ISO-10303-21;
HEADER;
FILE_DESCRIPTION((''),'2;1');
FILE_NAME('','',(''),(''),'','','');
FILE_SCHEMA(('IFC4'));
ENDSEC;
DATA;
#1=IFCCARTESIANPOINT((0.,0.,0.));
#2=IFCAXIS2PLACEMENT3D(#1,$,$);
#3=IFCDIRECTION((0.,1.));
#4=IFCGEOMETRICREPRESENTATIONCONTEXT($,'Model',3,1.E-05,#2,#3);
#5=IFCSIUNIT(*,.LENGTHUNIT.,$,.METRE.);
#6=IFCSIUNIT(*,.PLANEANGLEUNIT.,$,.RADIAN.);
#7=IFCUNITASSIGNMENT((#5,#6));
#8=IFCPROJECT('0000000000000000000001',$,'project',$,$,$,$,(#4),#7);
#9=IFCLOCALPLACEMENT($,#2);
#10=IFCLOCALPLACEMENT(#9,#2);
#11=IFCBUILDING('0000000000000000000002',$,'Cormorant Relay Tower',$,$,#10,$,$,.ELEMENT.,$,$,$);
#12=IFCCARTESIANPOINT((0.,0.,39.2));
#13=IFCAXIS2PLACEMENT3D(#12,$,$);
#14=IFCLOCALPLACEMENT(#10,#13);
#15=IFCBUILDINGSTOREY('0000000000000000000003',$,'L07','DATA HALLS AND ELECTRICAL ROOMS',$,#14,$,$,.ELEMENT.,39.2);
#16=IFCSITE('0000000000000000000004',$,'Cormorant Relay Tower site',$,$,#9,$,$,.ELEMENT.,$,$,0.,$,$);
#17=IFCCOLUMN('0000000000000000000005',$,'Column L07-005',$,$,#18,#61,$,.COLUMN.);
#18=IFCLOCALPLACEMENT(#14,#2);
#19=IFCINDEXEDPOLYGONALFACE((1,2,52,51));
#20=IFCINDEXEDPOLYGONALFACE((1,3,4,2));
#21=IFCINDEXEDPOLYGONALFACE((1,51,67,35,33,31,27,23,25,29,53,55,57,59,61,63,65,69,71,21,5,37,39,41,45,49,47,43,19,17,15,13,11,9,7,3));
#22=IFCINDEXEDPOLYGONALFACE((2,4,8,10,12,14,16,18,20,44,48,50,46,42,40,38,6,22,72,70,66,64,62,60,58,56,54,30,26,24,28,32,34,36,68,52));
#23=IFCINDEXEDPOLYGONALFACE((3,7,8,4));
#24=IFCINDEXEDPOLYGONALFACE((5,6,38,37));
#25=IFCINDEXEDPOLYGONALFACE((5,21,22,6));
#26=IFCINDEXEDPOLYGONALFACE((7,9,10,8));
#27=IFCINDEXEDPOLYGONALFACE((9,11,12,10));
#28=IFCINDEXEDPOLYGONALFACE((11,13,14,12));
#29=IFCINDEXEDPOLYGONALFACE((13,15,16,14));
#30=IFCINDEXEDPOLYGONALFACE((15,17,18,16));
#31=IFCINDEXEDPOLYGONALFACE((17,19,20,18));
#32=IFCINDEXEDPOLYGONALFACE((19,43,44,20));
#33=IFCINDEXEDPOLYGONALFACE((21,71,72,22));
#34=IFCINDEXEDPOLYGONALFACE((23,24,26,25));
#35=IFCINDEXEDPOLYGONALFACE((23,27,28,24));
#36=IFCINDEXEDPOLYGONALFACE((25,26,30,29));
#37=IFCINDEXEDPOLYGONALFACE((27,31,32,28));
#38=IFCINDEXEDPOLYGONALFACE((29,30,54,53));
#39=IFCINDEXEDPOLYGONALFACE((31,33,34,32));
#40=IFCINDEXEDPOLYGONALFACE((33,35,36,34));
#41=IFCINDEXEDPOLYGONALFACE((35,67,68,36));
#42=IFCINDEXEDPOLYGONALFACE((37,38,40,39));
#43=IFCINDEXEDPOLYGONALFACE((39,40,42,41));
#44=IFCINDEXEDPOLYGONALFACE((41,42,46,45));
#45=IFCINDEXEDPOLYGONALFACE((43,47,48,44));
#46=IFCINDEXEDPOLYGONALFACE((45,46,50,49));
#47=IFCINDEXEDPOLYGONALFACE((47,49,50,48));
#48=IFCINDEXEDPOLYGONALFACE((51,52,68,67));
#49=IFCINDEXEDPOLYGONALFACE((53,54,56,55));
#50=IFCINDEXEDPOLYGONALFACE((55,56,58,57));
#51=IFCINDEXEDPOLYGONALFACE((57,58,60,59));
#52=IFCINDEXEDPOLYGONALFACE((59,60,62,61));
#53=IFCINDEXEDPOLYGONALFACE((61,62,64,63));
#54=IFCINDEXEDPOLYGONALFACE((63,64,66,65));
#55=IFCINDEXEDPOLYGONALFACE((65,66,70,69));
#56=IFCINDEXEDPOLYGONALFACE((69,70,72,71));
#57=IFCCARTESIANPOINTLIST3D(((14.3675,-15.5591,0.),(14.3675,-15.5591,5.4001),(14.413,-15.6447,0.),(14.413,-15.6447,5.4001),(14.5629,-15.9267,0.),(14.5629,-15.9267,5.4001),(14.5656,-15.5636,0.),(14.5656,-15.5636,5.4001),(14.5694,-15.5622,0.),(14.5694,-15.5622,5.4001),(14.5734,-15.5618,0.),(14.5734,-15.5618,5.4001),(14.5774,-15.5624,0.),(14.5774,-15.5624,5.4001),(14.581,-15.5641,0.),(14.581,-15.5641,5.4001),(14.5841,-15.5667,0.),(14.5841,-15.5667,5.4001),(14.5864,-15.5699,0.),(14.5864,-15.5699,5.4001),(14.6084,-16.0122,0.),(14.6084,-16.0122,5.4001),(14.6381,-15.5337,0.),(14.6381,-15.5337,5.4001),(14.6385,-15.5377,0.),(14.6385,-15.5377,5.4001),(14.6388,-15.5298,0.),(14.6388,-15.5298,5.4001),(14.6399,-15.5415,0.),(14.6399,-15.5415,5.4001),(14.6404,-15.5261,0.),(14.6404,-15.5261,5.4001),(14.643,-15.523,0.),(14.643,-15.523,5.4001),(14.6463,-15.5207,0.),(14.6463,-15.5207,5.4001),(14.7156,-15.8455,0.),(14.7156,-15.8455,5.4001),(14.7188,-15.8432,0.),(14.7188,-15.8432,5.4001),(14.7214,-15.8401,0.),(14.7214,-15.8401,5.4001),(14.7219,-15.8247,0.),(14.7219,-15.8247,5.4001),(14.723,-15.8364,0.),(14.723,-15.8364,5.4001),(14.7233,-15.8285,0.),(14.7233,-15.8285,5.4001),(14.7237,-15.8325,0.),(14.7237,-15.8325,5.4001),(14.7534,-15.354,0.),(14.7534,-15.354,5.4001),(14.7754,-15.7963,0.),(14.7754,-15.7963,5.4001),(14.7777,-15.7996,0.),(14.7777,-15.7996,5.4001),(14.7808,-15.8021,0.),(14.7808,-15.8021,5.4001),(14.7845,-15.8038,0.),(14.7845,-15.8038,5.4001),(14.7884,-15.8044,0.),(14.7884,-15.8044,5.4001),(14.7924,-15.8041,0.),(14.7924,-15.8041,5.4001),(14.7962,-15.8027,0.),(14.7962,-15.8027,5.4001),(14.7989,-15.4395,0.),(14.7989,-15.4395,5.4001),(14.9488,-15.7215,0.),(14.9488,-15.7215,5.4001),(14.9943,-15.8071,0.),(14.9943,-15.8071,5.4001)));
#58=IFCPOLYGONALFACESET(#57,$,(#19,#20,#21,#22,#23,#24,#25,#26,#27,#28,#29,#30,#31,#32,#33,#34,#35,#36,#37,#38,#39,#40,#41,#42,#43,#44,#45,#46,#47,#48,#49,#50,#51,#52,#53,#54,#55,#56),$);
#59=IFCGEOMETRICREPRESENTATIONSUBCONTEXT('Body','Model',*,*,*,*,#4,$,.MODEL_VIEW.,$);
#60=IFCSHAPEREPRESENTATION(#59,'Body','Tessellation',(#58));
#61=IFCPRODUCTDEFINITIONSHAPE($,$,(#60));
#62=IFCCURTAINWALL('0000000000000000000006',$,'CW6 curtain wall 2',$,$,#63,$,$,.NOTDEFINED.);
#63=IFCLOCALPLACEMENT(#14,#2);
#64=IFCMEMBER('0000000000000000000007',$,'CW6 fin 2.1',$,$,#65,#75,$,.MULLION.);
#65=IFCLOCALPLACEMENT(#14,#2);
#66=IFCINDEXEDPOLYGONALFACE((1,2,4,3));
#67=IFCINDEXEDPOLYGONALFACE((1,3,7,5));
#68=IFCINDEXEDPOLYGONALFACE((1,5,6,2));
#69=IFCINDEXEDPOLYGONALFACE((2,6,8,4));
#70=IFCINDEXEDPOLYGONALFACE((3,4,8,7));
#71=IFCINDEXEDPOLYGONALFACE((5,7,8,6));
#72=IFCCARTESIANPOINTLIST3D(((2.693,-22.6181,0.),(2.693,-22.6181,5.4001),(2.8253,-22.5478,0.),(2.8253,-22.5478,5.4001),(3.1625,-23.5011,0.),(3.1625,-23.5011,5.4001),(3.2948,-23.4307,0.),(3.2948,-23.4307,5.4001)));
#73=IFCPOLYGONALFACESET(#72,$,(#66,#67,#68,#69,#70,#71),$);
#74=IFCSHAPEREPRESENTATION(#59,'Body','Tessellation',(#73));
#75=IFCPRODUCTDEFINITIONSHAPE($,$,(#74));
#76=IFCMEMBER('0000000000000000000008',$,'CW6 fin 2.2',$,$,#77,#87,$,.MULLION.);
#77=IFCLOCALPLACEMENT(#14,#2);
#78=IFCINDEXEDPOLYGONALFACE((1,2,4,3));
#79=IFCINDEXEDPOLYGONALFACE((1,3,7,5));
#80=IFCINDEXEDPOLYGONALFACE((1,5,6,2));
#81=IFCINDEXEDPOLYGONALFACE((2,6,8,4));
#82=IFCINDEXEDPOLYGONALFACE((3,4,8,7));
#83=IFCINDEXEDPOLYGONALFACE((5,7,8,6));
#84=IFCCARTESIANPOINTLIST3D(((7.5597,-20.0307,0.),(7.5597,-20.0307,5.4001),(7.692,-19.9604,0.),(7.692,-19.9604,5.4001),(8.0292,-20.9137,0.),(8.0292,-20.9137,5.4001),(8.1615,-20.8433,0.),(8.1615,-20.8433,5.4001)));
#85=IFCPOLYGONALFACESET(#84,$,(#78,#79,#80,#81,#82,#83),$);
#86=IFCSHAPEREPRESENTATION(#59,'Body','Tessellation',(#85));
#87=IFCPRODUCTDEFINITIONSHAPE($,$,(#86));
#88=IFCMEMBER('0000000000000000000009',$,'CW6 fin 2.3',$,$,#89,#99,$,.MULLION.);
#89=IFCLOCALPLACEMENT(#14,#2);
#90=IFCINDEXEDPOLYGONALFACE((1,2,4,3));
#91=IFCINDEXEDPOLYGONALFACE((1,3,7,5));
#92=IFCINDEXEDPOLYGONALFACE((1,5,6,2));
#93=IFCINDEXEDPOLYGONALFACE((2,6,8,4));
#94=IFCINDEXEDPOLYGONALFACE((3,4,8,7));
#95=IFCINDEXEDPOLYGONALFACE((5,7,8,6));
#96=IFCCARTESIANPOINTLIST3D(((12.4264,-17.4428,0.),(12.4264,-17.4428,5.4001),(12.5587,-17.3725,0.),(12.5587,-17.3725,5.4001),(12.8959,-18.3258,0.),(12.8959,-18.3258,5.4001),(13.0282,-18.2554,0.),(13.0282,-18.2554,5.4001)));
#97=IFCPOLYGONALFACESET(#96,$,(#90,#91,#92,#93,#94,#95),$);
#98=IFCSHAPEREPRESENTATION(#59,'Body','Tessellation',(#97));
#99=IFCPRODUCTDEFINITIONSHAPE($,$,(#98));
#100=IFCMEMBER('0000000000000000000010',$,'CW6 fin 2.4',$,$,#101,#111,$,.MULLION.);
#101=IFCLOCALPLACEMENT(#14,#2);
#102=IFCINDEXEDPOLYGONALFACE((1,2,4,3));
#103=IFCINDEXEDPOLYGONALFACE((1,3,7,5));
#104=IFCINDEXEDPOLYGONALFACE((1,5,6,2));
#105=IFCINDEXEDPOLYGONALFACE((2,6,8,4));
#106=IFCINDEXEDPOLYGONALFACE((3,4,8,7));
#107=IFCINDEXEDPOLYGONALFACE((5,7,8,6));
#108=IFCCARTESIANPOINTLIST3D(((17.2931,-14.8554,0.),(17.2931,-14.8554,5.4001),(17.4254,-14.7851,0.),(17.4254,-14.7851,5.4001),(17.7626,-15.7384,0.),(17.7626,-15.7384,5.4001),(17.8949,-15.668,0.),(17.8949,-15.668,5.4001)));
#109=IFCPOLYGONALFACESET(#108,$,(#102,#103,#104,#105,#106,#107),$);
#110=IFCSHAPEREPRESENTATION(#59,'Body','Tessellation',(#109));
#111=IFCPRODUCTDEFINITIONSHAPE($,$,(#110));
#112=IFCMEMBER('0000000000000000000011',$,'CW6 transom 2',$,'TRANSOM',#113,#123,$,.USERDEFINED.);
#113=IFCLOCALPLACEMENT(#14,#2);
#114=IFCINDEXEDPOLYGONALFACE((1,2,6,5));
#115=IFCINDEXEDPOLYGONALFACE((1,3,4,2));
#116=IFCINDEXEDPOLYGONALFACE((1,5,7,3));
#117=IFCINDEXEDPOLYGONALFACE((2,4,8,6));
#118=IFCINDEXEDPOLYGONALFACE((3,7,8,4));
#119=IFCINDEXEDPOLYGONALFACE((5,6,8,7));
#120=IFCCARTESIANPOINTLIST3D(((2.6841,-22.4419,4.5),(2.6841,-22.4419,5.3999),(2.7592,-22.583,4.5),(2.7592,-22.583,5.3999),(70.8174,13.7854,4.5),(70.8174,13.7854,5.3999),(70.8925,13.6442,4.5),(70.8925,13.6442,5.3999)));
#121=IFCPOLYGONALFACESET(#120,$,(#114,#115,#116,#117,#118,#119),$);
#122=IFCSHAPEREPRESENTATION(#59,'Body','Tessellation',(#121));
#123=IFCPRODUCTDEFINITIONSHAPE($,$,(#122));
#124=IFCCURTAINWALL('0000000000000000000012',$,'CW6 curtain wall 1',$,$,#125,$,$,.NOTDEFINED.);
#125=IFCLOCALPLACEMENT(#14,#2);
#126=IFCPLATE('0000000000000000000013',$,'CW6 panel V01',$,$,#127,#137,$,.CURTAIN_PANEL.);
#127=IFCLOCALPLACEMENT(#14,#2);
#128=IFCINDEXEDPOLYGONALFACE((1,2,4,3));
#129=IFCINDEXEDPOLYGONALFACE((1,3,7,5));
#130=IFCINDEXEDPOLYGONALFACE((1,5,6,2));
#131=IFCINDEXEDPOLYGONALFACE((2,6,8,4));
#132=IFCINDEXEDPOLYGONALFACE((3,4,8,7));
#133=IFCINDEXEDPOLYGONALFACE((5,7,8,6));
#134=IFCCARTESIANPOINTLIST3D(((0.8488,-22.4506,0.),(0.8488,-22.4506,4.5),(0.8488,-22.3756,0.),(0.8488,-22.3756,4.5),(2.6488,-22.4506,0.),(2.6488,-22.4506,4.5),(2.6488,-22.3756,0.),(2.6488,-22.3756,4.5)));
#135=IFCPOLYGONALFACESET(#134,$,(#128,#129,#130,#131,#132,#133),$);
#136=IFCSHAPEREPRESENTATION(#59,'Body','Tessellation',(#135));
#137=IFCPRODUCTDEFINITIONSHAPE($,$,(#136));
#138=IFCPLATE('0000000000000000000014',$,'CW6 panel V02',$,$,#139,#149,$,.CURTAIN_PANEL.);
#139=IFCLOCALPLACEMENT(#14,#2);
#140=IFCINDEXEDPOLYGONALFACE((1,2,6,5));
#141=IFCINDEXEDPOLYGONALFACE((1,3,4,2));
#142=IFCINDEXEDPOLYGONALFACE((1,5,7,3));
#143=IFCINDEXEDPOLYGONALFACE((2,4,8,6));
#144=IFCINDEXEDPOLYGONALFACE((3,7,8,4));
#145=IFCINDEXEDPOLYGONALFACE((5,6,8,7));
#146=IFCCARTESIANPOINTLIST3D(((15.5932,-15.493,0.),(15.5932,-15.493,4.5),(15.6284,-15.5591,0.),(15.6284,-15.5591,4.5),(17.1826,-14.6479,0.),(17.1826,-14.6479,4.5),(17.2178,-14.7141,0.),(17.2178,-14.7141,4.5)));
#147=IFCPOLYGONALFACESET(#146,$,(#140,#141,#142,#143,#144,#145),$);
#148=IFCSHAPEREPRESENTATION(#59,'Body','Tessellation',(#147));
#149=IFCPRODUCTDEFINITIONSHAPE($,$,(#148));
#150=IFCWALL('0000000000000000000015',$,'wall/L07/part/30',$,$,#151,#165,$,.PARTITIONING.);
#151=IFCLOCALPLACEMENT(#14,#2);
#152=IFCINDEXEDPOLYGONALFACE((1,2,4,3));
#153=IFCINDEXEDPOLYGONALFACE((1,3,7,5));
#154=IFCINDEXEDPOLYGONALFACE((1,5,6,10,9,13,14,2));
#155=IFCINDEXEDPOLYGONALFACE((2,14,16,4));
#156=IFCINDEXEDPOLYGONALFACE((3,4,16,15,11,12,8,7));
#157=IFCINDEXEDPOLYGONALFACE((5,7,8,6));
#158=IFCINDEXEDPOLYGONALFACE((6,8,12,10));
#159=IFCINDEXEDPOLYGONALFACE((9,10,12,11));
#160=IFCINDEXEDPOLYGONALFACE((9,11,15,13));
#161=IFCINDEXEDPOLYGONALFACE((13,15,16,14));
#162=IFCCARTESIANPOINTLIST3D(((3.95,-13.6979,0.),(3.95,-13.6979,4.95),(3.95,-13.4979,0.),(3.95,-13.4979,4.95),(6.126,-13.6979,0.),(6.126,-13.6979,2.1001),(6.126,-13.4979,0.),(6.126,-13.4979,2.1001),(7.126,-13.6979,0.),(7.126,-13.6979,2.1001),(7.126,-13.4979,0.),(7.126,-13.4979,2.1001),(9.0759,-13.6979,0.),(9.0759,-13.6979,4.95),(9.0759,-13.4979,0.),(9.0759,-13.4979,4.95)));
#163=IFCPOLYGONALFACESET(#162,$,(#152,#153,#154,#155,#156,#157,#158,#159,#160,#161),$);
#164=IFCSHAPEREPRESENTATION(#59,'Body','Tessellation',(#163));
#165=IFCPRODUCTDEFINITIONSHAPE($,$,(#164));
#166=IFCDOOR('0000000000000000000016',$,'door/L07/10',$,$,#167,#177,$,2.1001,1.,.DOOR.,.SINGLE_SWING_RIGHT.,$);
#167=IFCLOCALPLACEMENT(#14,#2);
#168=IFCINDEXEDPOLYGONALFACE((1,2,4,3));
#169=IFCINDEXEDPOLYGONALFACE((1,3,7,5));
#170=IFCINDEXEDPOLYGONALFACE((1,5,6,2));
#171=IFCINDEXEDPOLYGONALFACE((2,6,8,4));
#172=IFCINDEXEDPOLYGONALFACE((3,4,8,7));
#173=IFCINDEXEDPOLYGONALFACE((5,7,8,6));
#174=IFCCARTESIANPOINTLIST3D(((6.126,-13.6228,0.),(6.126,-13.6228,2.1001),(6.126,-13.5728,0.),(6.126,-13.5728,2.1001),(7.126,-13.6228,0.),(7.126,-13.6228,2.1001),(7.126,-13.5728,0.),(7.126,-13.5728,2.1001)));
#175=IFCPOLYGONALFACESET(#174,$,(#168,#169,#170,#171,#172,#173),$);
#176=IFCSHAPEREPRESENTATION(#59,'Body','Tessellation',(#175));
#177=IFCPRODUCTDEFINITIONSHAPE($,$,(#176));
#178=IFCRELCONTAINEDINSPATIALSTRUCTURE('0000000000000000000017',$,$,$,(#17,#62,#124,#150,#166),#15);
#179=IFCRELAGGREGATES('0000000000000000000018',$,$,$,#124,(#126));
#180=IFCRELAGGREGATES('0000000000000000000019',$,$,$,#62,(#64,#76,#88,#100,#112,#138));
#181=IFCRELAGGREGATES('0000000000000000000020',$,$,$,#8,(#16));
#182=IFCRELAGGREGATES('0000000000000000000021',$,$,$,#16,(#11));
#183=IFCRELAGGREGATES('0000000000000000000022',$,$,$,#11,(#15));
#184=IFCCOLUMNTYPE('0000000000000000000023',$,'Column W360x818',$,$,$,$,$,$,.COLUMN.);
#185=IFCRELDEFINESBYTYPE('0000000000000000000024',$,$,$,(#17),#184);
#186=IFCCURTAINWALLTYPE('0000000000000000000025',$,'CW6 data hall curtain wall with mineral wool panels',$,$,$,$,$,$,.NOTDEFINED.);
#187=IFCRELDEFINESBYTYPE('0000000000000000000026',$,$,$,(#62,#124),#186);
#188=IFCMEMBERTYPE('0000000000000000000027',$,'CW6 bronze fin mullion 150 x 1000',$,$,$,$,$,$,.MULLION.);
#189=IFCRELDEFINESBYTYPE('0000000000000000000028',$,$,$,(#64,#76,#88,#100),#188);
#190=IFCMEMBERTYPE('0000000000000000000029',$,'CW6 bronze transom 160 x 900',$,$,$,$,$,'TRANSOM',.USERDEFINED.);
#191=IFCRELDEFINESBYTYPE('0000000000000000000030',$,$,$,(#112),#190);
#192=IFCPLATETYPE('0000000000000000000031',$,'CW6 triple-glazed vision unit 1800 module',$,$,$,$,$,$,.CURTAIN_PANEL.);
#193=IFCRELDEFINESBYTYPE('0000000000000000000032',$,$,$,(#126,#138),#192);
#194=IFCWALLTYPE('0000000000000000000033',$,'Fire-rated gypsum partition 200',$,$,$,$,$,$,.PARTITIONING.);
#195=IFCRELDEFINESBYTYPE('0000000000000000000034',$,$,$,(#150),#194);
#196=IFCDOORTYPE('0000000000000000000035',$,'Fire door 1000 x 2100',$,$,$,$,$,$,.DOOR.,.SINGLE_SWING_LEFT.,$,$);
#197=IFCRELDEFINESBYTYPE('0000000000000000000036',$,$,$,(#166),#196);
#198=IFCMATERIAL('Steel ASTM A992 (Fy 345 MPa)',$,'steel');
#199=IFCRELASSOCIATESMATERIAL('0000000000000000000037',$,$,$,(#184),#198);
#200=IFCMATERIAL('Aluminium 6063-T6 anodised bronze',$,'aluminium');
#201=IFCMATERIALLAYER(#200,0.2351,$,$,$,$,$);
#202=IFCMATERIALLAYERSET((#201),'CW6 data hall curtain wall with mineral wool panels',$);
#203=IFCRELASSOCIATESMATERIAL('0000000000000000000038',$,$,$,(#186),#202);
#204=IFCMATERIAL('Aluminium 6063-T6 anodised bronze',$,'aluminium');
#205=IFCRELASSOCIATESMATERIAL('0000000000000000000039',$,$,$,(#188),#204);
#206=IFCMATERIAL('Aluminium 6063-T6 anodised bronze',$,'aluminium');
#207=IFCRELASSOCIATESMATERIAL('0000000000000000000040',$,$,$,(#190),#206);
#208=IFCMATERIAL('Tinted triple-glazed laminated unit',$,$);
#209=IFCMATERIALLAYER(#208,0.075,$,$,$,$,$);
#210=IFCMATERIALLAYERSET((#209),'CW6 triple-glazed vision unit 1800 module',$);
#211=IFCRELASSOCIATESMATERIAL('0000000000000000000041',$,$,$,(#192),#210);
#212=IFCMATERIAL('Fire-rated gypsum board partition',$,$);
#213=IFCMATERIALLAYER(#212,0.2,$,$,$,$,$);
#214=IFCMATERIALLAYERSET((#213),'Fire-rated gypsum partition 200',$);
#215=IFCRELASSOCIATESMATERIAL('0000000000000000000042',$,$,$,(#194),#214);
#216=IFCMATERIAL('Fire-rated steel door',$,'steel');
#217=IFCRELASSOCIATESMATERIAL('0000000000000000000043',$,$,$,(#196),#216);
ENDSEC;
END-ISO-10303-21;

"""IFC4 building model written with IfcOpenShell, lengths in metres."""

from ifc_helpers import new_model, si_unit, direction, frame, frame_2d, origin, origin_2d, place, context, subcontext, project, spatial, rectangle, i_section, extrude, material, layer, layer_set, material_profile, profile_set, type_object, element, fill, aggregate, save


model = new_model("IFC4")

# Units and contexts
model_context = context("Model", 3, precision=1e-05, world=origin(), true_north=direction((0.0, 1.0)))
body_context = subcontext(model_context, "Body", "Model", "MODEL_VIEW")
ifc_project = project(units=[si_unit("LENGTHUNIT", "METRE"), si_unit("PLANEANGLEUNIT", "RADIAN")], contexts=[model_context])

# Site, building, storey
site_placement = place(None, origin())
site = spatial("IfcSite", under=ifc_project, at=site_placement, Name="Cormorant Relay Tower site", CompositionType="ELEMENT", RefElevation=0.0)
building_placement = place(site_placement, origin())
building = spatial("IfcBuilding", under=site, at=building_placement, Name="Cormorant Relay Tower", CompositionType="ELEMENT")
storey_placement = place(building_placement, frame((0.0, 0.0, 39.2)))
storey = spatial("IfcBuildingStorey", under=building, at=storey_placement, Name="L07", Description="DATA HALLS AND ELECTRICAL ROOMS", CompositionType="ELEMENT", Elevation=39.2)

# Column
ifc_material_1 = material(Name="Steel ASTM A992 (Fy 345 MPa)", Category="steel")
ifc_material_profile_1 = material_profile(ifc_material_1, i_section(OverallWidth=0.437, OverallDepth=0.5132, WebThickness=0.0605, FlangeThickness=0.0969, FilletRadius=0.0154, at=origin_2d()), Name="W360x818")
ifc_profile_set_1 = profile_set([ifc_material_profile_1], Name="Steel ASTM A992 (Fy 345 MPa)")
column_type_1 = type_object("IfcColumnType", Name="Column W360x818", PredefinedType="COLUMN", material=ifc_profile_set_1)
for number, where, z_axis, x_axis, name in (
    (1, (14.6809, -15.6831, 0.0), (0.0, 0.0, 1.0), (0.882948, 0.469472, 0.0), "Column L07-005"),
):
    element("IfcColumn", number, at=place(storey_placement, frame(where, z_axis=z_axis, x_axis=x_axis)), inside=storey, type_object=column_type_1, Name=name, PredefinedType="COLUMN", context=body_context, shape_type="SweptSolid", body=[
        extrude(i_section(OverallWidth=0.437, OverallDepth=0.5132, WebThickness=0.0605, FlangeThickness=0.0969, FilletRadius=0.0154, at=origin_2d()), origin(), (0.0, 0.0, 1.0), 5.4001),
    ])

# Curtain wall, members
ifc_material_2 = material(Name="Aluminium 6063-T6 anodised bronze", Category="aluminium")
ifc_layer_1 = layer(ifc_material_2, 0.2351)
ifc_layer_set_1 = layer_set([ifc_layer_1], Name="CW6 data hall curtain wall with mineral wool panels")
curtain_wall_type = type_object("IfcCurtainWallType", Name="CW6 data hall curtain wall with mineral wool panels", PredefinedType="NOTDEFINED", material=ifc_layer_set_1)
curtain_wall_1_placement = place(storey_placement, origin())
curtain_wall_1 = element("IfcCurtainWall", 2, at=curtain_wall_1_placement, inside=storey, type_object=curtain_wall_type, Name="CW6 curtain wall 2", PredefinedType="NOTDEFINED")
ifc_material_3 = material(Name="Aluminium 6063-T6 anodised bronze", Category="aluminium")
ifc_material_profile_2 = material_profile(ifc_material_3, rectangle(XDim=0.1499, YDim=1.0, at=origin_2d()), Name="AL 150x1000")
ifc_profile_set_2 = profile_set([ifc_material_profile_2], Name="Aluminium 6063-T6 anodised bronze")
member_type_1 = type_object("IfcMemberType", Name="CW6 bronze fin mullion 150 x 1000", PredefinedType="MULLION", material=ifc_profile_set_2)
member_1_placement = place(storey_placement, frame((2.9939, -23.0244, 0.0), z_axis=(0.0, 0.0, 1.0), x_axis=(0.882948, 0.469472, 0.0)))
member_1 = element("IfcMember", 3, at=member_1_placement, type_object=member_type_1, Name="CW6 fin 2.1", PredefinedType="MULLION", context=body_context, shape_type="SweptSolid", body=[
    extrude(rectangle(XDim=0.1499, YDim=1.0, at=origin_2d()), origin(), (0.0, 0.0, 1.0), 5.4001),
])
member_2_placement = place(storey_placement, frame((7.8606, -20.437, 0.0), z_axis=(0.0, 0.0, 1.0), x_axis=(0.882948, 0.469472, 0.0)))
member_2 = element("IfcMember", 4, at=member_2_placement, type_object=member_type_1, Name="CW6 fin 2.2", PredefinedType="MULLION", context=body_context, shape_type="SweptSolid", body=[
    extrude(rectangle(XDim=0.1499, YDim=1.0, at=origin_2d()), origin(), (0.0, 0.0, 1.0), 5.4001),
])
member_3_placement = place(storey_placement, frame((12.7273, -17.8491, 0.0), z_axis=(0.0, 0.0, 1.0), x_axis=(0.882948, 0.469472, 0.0)))
member_3 = element("IfcMember", 5, at=member_3_placement, type_object=member_type_1, Name="CW6 fin 2.3", PredefinedType="MULLION", context=body_context, shape_type="SweptSolid", body=[
    extrude(rectangle(XDim=0.1499, YDim=1.0, at=origin_2d()), origin(), (0.0, 0.0, 1.0), 5.4001),
])
member_4_placement = place(storey_placement, frame((17.594, -15.2617, 0.0), z_axis=(0.0, 0.0, 1.0), x_axis=(0.882948, 0.469472, 0.0)))
member_4 = element("IfcMember", 6, at=member_4_placement, type_object=member_type_1, Name="CW6 fin 2.4", PredefinedType="MULLION", context=body_context, shape_type="SweptSolid", body=[
    extrude(rectangle(XDim=0.1499, YDim=1.0, at=origin_2d()), origin(), (0.0, 0.0, 1.0), 5.4001),
])
ifc_material_4 = material(Name="Aluminium 6063-T6 anodised bronze", Category="aluminium")
ifc_material_profile_3 = material_profile(ifc_material_4, rectangle(XDim=0.1599, YDim=0.8999, at=origin_2d()), Name="AL 160x900")
ifc_profile_set_3 = profile_set([ifc_material_profile_3], Name="Aluminium 6063-T6 anodised bronze")
member_type_2 = type_object("IfcMemberType", Name="CW6 bronze transom 160 x 900", ElementType="TRANSOM", PredefinedType="USERDEFINED", material=ifc_profile_set_3)
member_5_placement = place(storey_placement, frame((2.7217, -22.5125, 4.95), z_axis=(0.882947, 0.469473, 0.0), x_axis=(-0.469473, 0.882947, 0.0)))
member_5 = element("IfcMember", 7, at=member_5_placement, type_object=member_type_2, Name="CW6 transom 2", ObjectType="TRANSOM", PredefinedType="USERDEFINED", context=body_context, shape_type="SweptSolid", body=[
    extrude(rectangle(XDim=0.1599, YDim=0.8999, at=origin_2d()), origin(), (0.0, 0.0, 1.0), 77.1658),
])

# Curtain wall, plate
curtain_wall_2_placement = place(storey_placement, origin())
curtain_wall_2 = element("IfcCurtainWall", 8, at=curtain_wall_2_placement, inside=storey, type_object=curtain_wall_type, Name="CW6 curtain wall 1", PredefinedType="NOTDEFINED")
ifc_material_5 = material(Name="Tinted triple-glazed laminated unit")
ifc_layer_2 = layer(ifc_material_5, 0.075)
ifc_layer_set_2 = layer_set([ifc_layer_2], Name="CW6 triple-glazed vision unit 1800 module")
plate_type = type_object("IfcPlateType", Name="CW6 triple-glazed vision unit 1800 module", PredefinedType="CURTAIN_PANEL", material=ifc_layer_set_2)
plate_1_placement = place(storey_placement, frame((1.7488, -22.4131, 0.0), z_axis=(0.0, 0.0, 1.0), x_axis=(1.0, 0.0, 0.0)))
plate_1 = element("IfcPlate", 9, at=plate_1_placement, type_object=plate_type, Name="CW6 panel V01", PredefinedType="CURTAIN_PANEL", context=body_context, shape_type="SweptSolid", body=[
    extrude(rectangle(XDim=1.8, YDim=0.075, at=origin_2d()), origin(), (0.0, 0.0, 1.0), 4.5),
])
aggregate(curtain_wall_2, [plate_1])

# Plate
plate_2_placement = place(storey_placement, frame((16.4055, -15.1035, 0.0), z_axis=(0.0, 0.0, 1.0), x_axis=(0.882948, 0.469472, 0.0)))
plate_2 = element("IfcPlate", 10, at=plate_2_placement, type_object=plate_type, Name="CW6 panel V02", PredefinedType="CURTAIN_PANEL", context=body_context, shape_type="SweptSolid", body=[
    extrude(rectangle(XDim=1.8, YDim=0.075, at=origin_2d()), origin(), (0.0, 0.0, 1.0), 4.5),
])

# Wall, opening, door
ifc_material_6 = material(Name="Fire-rated gypsum board partition")
ifc_layer_3 = layer(ifc_material_6, 0.2)
ifc_layer_set_3 = layer_set([ifc_layer_3], Name="Fire-rated gypsum partition 200")
wall_type_1 = type_object("IfcWallType", Name="Fire-rated gypsum partition 200", PredefinedType="PARTITIONING", material=ifc_layer_set_3)
wall_1_placement = place(storey_placement, frame((9.0759, -13.5979, 0.0), z_axis=(0.0, 0.0, 1.0), x_axis=(-1.0, 0.0, 0.0)))
wall_1 = element("IfcWall", 11, at=wall_1_placement, inside=storey, type_object=wall_type_1, Name="wall/L07/part/30", PredefinedType="PARTITIONING", context=body_context, shape_type="SweptSolid", body=[
    extrude(rectangle(XDim=5.126, YDim=0.2, at=frame_2d((2.563, 0.0))), origin(), (0.0, 0.0, 1.0), 4.95),
])
opening_placement = place(wall_1_placement, frame((1.95, 0.0, 0.0)))
opening = element("IfcOpeningElement", 12, at=opening_placement, cuts=wall_1, PredefinedType="OPENING", context=body_context, shape_type="SweptSolid", body=[
    extrude(rectangle(XDim=1.0, YDim=2.1001, at=frame_2d((0.5, 1.05))), frame((0.0, 0.1099, 0.0), z_axis=(0.0, -1.0, 0.0), x_axis=(1.0, 0.0, 0.0)), (0.0, 0.0, 1.0), 0.22),
])
ifc_material_7 = material(Name="Fire-rated steel door", Category="steel")
door_type = type_object("IfcDoorType", Name="Fire door 1000 x 2100", OperationType="SINGLE_SWING_LEFT", PredefinedType="DOOR", material=ifc_material_7)
door_placement = place(opening_placement, origin())
door = element("IfcDoor", 13, at=door_placement, inside=storey, type_object=door_type, Name="door/L07/10", OperationType="SINGLE_SWING_RIGHT", OverallHeight=2.1001, OverallWidth=1.0, PredefinedType="DOOR", context=body_context, shape_type="SweptSolid", body=[
    extrude(rectangle(XDim=1.0, YDim=2.1001, at=frame_2d((0.5, 1.05))), frame((0.0, 0.0249, 0.0), z_axis=(0.0, -1.0, 0.0), x_axis=(1.0, 0.0, 0.0)), (0.0, 0.0, 1.0), 0.05),
])
fill(opening, door)

aggregate(curtain_wall_1, [member_1, member_2, member_3, member_4, member_5, plate_2])

save(model, "model.ifc")
